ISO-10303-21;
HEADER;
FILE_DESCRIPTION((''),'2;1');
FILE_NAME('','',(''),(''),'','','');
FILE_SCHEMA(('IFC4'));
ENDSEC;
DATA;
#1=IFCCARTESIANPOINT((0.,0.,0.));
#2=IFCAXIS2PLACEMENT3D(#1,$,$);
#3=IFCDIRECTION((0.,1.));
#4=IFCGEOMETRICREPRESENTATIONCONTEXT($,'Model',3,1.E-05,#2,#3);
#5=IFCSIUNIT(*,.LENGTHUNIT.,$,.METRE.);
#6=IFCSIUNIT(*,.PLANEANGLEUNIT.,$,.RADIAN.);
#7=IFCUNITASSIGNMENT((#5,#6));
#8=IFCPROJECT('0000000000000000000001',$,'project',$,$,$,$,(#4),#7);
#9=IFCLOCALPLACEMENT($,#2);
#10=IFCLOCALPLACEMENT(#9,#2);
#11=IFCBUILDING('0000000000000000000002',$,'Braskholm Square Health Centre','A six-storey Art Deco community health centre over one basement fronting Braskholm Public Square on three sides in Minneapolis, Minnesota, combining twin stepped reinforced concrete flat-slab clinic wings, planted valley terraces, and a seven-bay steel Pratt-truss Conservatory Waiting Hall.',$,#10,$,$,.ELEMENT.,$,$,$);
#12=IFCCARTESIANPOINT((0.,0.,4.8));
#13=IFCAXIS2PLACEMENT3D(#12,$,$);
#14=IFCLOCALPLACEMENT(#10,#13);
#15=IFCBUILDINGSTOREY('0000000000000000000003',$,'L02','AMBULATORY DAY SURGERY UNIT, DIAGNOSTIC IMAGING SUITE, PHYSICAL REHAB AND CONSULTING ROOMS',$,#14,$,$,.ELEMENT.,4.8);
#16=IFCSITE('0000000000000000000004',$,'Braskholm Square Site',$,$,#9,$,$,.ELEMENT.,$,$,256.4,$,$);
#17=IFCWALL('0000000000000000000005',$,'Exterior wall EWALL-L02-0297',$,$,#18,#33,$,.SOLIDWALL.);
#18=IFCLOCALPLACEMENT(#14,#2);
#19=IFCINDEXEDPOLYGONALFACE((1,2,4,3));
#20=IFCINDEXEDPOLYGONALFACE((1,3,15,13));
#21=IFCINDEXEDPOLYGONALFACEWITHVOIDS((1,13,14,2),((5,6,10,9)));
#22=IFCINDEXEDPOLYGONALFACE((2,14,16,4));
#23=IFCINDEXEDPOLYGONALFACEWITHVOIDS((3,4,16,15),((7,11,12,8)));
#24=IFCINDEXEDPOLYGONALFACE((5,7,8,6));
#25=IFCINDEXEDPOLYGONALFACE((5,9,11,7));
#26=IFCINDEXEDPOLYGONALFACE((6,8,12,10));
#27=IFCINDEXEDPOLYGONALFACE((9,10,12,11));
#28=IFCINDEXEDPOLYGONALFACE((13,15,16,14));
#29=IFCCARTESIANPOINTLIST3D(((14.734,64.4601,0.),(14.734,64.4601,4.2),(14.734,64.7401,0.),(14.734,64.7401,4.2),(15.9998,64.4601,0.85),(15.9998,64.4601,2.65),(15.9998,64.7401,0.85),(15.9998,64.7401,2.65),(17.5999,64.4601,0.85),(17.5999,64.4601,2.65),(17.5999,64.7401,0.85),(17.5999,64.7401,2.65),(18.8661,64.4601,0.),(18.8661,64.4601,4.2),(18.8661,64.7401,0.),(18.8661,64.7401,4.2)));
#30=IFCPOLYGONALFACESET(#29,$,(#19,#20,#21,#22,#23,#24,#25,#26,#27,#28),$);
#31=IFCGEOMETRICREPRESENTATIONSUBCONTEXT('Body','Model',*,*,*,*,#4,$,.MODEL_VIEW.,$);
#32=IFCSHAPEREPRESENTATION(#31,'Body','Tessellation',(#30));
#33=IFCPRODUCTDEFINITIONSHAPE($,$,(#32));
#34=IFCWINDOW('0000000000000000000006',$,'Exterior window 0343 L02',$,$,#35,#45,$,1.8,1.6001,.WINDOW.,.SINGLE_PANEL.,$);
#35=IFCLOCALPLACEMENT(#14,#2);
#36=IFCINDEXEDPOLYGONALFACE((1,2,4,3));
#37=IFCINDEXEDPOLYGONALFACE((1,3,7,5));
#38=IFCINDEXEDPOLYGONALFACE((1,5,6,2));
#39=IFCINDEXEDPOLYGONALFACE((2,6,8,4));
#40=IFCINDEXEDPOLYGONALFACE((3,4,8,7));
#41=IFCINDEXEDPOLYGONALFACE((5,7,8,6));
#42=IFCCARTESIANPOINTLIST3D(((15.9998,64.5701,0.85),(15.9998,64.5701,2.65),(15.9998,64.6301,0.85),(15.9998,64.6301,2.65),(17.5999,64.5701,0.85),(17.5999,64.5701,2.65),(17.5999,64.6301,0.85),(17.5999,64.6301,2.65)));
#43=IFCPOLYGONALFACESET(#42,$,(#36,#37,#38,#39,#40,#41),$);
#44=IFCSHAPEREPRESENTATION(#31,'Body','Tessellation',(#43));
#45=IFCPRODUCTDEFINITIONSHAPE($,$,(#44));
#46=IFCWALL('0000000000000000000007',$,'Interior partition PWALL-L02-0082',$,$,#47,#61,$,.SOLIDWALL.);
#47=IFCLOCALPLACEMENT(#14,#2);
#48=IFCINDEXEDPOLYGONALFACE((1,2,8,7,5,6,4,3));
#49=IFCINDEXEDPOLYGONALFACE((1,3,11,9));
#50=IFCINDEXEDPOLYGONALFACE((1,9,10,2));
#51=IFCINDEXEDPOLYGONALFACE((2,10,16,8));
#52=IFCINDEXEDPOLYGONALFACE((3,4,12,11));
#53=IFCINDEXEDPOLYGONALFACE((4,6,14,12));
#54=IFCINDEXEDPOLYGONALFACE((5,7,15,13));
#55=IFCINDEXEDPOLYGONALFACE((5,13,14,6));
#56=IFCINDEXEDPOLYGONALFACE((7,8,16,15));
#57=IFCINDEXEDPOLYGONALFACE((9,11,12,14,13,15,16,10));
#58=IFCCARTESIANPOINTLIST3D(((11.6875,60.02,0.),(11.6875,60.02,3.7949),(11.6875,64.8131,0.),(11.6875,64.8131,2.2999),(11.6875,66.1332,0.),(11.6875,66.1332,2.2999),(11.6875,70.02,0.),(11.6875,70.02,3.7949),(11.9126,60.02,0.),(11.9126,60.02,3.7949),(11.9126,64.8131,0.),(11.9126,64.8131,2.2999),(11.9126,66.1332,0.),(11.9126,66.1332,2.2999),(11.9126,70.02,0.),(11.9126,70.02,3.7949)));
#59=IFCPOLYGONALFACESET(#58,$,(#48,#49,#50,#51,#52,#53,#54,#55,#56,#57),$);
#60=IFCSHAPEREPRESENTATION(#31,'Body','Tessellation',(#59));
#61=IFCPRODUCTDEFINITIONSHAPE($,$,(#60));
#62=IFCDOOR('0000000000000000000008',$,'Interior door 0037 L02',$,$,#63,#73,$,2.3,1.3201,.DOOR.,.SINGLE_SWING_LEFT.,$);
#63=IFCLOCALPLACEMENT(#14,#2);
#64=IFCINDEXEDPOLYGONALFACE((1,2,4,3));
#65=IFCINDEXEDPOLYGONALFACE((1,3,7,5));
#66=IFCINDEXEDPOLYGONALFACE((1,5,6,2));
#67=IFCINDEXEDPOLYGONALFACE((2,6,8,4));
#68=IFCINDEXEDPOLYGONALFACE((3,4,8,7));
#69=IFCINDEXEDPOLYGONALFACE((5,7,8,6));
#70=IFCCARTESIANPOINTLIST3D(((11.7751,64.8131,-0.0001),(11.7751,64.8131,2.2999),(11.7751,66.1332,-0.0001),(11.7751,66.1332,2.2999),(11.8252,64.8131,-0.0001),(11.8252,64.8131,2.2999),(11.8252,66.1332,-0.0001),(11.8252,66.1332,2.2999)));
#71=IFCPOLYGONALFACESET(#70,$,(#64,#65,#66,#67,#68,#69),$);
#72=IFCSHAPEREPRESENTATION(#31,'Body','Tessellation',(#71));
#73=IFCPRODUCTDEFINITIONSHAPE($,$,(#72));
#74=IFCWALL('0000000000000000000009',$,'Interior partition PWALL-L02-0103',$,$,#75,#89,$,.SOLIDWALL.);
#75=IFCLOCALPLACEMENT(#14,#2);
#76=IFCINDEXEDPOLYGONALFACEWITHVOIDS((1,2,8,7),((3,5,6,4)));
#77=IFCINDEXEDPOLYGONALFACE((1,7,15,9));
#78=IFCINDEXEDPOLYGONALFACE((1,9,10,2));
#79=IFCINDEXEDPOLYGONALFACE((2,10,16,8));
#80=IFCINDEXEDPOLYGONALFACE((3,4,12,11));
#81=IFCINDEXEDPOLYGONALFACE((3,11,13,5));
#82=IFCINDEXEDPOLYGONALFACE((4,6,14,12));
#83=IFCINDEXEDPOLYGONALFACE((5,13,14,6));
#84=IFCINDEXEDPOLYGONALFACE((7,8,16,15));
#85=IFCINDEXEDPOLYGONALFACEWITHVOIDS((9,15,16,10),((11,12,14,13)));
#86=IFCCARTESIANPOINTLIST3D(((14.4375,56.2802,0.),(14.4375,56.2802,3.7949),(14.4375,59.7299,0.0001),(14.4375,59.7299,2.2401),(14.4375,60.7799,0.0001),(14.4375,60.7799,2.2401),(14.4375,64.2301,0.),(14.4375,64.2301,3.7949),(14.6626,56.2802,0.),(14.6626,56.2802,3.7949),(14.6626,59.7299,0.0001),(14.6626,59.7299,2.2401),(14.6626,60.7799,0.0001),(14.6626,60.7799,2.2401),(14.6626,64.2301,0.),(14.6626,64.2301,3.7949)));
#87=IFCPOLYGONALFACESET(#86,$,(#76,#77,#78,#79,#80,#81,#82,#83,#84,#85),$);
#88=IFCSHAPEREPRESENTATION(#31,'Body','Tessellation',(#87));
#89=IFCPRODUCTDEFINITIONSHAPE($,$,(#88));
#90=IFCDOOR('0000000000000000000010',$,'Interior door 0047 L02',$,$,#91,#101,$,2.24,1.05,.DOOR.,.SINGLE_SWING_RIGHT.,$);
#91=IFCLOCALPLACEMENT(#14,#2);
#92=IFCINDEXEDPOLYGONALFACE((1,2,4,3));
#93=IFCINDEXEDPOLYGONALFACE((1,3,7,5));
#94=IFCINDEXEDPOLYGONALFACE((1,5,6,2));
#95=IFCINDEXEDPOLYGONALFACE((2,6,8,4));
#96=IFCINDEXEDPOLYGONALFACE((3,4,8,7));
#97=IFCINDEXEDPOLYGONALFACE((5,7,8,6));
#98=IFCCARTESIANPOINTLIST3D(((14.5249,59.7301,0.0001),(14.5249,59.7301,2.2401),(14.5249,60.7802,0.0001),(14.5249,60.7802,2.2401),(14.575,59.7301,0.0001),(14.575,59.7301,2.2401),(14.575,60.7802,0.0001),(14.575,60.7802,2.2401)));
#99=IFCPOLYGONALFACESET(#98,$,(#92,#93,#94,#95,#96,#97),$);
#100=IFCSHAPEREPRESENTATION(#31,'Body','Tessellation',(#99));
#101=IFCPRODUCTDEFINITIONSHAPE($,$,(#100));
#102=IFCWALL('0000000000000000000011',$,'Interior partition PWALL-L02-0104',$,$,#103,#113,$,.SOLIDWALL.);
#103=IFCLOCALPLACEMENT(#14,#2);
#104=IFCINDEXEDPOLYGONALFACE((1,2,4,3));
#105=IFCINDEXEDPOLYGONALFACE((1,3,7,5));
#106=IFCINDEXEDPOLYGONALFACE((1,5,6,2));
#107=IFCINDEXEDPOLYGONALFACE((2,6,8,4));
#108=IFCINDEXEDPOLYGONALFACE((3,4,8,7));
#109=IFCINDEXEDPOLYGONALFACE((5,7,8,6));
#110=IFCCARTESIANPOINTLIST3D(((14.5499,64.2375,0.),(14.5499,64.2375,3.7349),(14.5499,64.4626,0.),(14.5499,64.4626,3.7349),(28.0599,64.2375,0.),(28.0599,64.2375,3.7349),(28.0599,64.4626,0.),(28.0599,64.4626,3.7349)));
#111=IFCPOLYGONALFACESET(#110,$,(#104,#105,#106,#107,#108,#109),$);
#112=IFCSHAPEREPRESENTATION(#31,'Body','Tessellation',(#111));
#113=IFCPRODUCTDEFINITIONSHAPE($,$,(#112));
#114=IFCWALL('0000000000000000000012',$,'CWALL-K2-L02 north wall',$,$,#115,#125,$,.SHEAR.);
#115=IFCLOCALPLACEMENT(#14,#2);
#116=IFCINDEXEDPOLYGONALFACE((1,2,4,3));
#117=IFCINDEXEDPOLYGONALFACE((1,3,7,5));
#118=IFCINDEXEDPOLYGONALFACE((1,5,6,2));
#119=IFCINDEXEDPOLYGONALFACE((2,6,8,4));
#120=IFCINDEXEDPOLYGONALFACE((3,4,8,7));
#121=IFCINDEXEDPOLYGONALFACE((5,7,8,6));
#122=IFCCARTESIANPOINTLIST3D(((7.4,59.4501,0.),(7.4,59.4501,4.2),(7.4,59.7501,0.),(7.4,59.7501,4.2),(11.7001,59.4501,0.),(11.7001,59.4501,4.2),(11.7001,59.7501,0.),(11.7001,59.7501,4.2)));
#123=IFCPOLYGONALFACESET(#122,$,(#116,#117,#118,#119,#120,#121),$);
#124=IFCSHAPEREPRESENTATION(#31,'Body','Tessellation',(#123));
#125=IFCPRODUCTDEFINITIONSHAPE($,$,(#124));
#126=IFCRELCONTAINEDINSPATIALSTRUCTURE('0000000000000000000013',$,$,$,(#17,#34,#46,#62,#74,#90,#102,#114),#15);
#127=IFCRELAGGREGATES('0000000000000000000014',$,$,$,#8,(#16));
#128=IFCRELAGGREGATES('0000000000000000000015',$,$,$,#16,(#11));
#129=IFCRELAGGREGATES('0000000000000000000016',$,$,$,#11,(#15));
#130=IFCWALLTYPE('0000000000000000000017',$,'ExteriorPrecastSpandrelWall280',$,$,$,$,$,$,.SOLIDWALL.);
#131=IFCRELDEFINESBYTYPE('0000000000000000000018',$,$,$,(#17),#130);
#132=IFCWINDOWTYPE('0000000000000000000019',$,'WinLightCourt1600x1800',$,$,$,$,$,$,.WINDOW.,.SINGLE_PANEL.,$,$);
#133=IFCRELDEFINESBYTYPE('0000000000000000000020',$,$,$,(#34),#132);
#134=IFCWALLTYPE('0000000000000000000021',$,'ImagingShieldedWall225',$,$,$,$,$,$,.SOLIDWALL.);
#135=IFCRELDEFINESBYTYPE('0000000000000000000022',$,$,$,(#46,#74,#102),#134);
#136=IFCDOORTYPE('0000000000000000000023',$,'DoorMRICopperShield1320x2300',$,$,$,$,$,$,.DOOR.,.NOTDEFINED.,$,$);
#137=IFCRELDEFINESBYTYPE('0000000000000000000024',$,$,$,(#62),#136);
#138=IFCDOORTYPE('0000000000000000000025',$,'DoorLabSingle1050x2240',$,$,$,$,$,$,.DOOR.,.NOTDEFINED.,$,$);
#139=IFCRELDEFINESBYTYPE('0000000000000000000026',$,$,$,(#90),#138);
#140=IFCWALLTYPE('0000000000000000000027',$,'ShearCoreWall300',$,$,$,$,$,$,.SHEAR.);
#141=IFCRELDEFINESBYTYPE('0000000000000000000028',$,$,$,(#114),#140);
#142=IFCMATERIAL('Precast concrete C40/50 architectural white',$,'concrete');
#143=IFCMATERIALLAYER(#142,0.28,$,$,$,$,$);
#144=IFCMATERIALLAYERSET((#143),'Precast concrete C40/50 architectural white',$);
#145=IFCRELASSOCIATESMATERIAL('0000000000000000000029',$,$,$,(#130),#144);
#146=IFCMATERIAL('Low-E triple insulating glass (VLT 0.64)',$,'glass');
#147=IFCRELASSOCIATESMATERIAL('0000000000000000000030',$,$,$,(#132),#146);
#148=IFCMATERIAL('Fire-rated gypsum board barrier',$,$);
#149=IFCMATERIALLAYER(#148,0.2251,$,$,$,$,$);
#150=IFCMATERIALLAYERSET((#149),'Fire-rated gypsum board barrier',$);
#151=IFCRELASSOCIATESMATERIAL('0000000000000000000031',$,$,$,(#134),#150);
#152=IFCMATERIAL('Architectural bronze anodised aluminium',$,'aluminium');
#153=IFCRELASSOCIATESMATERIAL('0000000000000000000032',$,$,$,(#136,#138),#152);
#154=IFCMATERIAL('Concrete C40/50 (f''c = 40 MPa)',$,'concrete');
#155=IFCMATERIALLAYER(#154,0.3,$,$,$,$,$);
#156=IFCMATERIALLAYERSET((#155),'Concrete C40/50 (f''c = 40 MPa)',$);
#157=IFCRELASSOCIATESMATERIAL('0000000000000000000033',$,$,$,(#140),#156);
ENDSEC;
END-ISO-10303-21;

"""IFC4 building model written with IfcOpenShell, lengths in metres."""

from ifc_helpers import new_model, si_unit, direction, frame, frame_2d, origin, origin_with_axes, place, context, subcontext, project, spatial, rectangle, extrude, material, layer, layer_set, type_object, element, fill, save


model = new_model("IFC4")

# Units and contexts
model_context = context("Model", 3, precision=1e-05, world=origin(), true_north=direction((0.0, 1.0)))
body_context = subcontext(model_context, "Body", "Model", "MODEL_VIEW")
ifc_project = project(units=[si_unit("LENGTHUNIT", "METRE"), si_unit("PLANEANGLEUNIT", "RADIAN")], contexts=[model_context])

# Site, building, storey
site_placement = place(None, origin())
site = spatial("IfcSite", under=ifc_project, at=site_placement, Name="Braskholm Square Site", CompositionType="ELEMENT", RefElevation=256.4)
building_placement = place(site_placement, origin())
building = spatial("IfcBuilding", under=site, at=building_placement, Name="Braskholm Square Health Centre", Description="A six-storey Art Deco community health centre over one basement fronting Braskholm Public Square on three sides in Minneapolis, Minnesota, combining twin stepped reinforced concrete flat-slab clinic wings, planted valley terraces, and a seven-bay steel Pratt-truss Conservatory Waiting Hall.", CompositionType="ELEMENT")
storey_placement = place(building_placement, frame((0.0, 0.0, 4.8)))
storey = spatial("IfcBuildingStorey", under=building, at=storey_placement, Name="L02", Description="AMBULATORY DAY SURGERY UNIT, DIAGNOSTIC IMAGING SUITE, PHYSICAL REHAB AND CONSULTING ROOMS", CompositionType="ELEMENT", Elevation=4.8)

# Shared definitions
ifc_material_1 = material(Name="Concrete C40/50 (f'c = 40 MPa)", Category="concrete")

# Shared definitions
ifc_material_2 = material(Name="Low-E triple insulating glass (VLT 0.64)", Category="glass")
ifc_material_3 = material(Name="Architectural bronze anodised aluminium", Category="aluminium")

# Wall, opening, window
ifc_material_4 = material(Name="Precast concrete C40/50 architectural white", Category="concrete")
ifc_layer_1 = layer(ifc_material_4, 0.28)
ifc_layer_set_1 = layer_set([ifc_layer_1], Name="Precast concrete C40/50 architectural white")
wall_type_1 = type_object("IfcWallType", Name="ExteriorPrecastSpandrelWall280", PredefinedType="SOLIDWALL", material=ifc_layer_set_1)
wall_1_placement = place(storey_placement, frame((18.866, 64.6001, 0.0), z_axis=(0.0, 0.0, 1.0), x_axis=(-1.0, 0.0, 0.0)))
wall_1 = element("IfcWall", 1, at=wall_1_placement, inside=storey, type_object=wall_type_1, Name="Exterior wall EWALL-L02-0297", PredefinedType="SOLIDWALL", context=body_context, shape_type="SweptSolid", body=[
    extrude(rectangle(XDim=4.1321, YDim=0.28, at=frame_2d((2.0659, 0.0))), origin(), (0.0, 0.0, 1.0), 4.2),
])
opening_1_placement = place(wall_1_placement, frame((1.2661, 0.0, 0.8501)))
opening_1 = element("IfcOpeningElement", 2, at=opening_1_placement, cuts=wall_1, PredefinedType="OPENING", context=body_context, shape_type="SweptSolid", body=[
    extrude(rectangle(XDim=1.6001, YDim=1.8, at=frame_2d((0.8, 0.8999))), frame((0.0, 0.1499, 0.0), z_axis=(0.0, -1.0, 0.0), x_axis=(1.0, 0.0, 0.0)), (0.0, 0.0, 1.0), 0.3),
])
window_type = type_object("IfcWindowType", Name="WinLightCourt1600x1800", PartitioningType="SINGLE_PANEL", PredefinedType="WINDOW", material=ifc_material_2)
window_placement = place(opening_1_placement, origin_with_axes())
window = element("IfcWindow", 3, at=window_placement, inside=storey, type_object=window_type, Name="Exterior window 0343 L02", OverallHeight=1.8, OverallWidth=1.6001, PartitioningType="SINGLE_PANEL", PredefinedType="WINDOW", context=body_context, shape_type="SweptSolid", body=[
    extrude(rectangle(XDim=1.6001, YDim=1.8, at=frame_2d((0.8, 0.8999))), frame((0.0, 0.03, 0.0), z_axis=(0.0, -1.0, 0.0), x_axis=(1.0, 0.0, 0.0)), (0.0, 0.0, 1.0), 0.0601),
])
fill(opening_1, window)

# Walls, openings, doors
ifc_material_5 = material(Name="Fire-rated gypsum board barrier")
ifc_layer_2 = layer(ifc_material_5, 0.2251)
ifc_layer_set_2 = layer_set([ifc_layer_2], Name="Fire-rated gypsum board barrier")
wall_type_2 = type_object("IfcWallType", Name="ImagingShieldedWall225", PredefinedType="SOLIDWALL", material=ifc_layer_set_2)
wall_2_placement = place(storey_placement, frame((11.8, 60.02, 0.0), z_axis=(0.0, 0.0, 1.0), x_axis=(0.0, 1.0, 0.0)))
wall_2 = element("IfcWall", 4, at=wall_2_placement, inside=storey, type_object=wall_type_2, Name="Interior partition PWALL-L02-0082", PredefinedType="SOLIDWALL", context=body_context, shape_type="SweptSolid", body=[
    extrude(rectangle(XDim=10.0, YDim=0.2251, at=frame_2d((5.0, 0.0))), origin(), (0.0, 0.0, 1.0), 3.7949),
])
opening_2_placement = place(wall_2_placement, frame((4.793, 0.0, 0.0)))
opening_2 = element("IfcOpeningElement", 5, at=opening_2_placement, cuts=wall_2, PredefinedType="OPENING", context=body_context, shape_type="SweptSolid", body=[
    extrude(rectangle(XDim=1.3201, YDim=2.3, at=frame_2d((0.6602, 1.1499))), frame((0.0, 0.1226, 0.0), z_axis=(0.0, -1.0, 0.0), x_axis=(1.0, 0.0, 0.0)), (0.0, 0.0, 1.0), 0.2451),
])
door_type_1 = type_object("IfcDoorType", Name="DoorMRICopperShield1320x2300", OperationType="NOTDEFINED", PredefinedType="DOOR", material=ifc_material_3)
door_1_placement = place(opening_2_placement, origin_with_axes())
door_1 = element("IfcDoor", 6, at=door_1_placement, inside=storey, type_object=door_type_1, Name="Interior door 0037 L02", OperationType="SINGLE_SWING_LEFT", OverallHeight=2.3, OverallWidth=1.3201, PredefinedType="DOOR", context=body_context, shape_type="SweptSolid", body=[
    extrude(rectangle(XDim=1.3201, YDim=2.3, at=frame_2d((0.6602, 1.1499))), frame((0.0, 0.0249, 0.0), z_axis=(0.0, -1.0, 0.0), x_axis=(1.0, 0.0, 0.0)), (0.0, 0.0, 1.0), 0.05),
])
fill(opening_2, door_1)
wall_3_placement = place(storey_placement, frame((14.55, 56.28, 0.0), z_axis=(0.0, 0.0, 1.0), x_axis=(0.0, 1.0, 0.0)))
wall_3 = element("IfcWall", 7, at=wall_3_placement, inside=storey, type_object=wall_type_2, Name="Interior partition PWALL-L02-0103", PredefinedType="SOLIDWALL", context=body_context, shape_type="SweptSolid", body=[
    extrude(rectangle(XDim=7.95, YDim=0.2251, at=frame_2d((3.9751, 0.0))), origin(), (0.0, 0.0, 1.0), 3.7949),
])
opening_3_placement = place(wall_3_placement, frame((3.45, 0.0, 0.0)))
opening_3 = element("IfcOpeningElement", 8, at=opening_3_placement, cuts=wall_3, PredefinedType="OPENING", context=body_context, shape_type="SweptSolid", body=[
    extrude(rectangle(XDim=1.05, YDim=2.24, at=frame_2d((0.5249, 1.1201))), frame((0.0, 0.1226, 0.0), z_axis=(0.0, -1.0, 0.0), x_axis=(1.0, 0.0, 0.0)), (0.0, 0.0, 1.0), 0.2451),
])
door_type_2 = type_object("IfcDoorType", Name="DoorLabSingle1050x2240", OperationType="NOTDEFINED", PredefinedType="DOOR", material=ifc_material_3)
door_2_placement = place(opening_3_placement, frame((1.05, 0.0, 0.0), z_axis=(0.0, 0.0, 1.0), x_axis=(-1.0, 0.0, 0.0)))
door_2 = element("IfcDoor", 9, at=door_2_placement, inside=storey, type_object=door_type_2, Name="Interior door 0047 L02", OperationType="SINGLE_SWING_RIGHT", OverallHeight=2.24, OverallWidth=1.05, PredefinedType="DOOR", context=body_context, shape_type="SweptSolid", body=[
    extrude(rectangle(XDim=1.05, YDim=2.24, at=frame_2d((0.5249, 1.1201))), frame((0.0, 0.0249, 0.0), z_axis=(0.0, -1.0, 0.0), x_axis=(1.0, 0.0, 0.0)), (0.0, 0.0, 1.0), 0.05),
])
fill(opening_3, door_2)

# Walls
wall_4_placement = place(storey_placement, frame((14.55, 64.3501, 0.0), z_axis=(0.0, 0.0, 1.0), x_axis=(1.0, 0.0, 0.0)))
element("IfcWall", 10, at=wall_4_placement, inside=storey, type_object=wall_type_2, Name="Interior partition PWALL-L02-0104", PredefinedType="SOLIDWALL", context=body_context, shape_type="SweptSolid", body=[
    extrude(rectangle(XDim=13.51, YDim=0.2251, at=frame_2d((6.7549, 0.0))), origin(), (0.0, 0.0, 1.0), 3.7349),
])
ifc_layer_3 = layer(ifc_material_1, 0.3)
ifc_layer_set_3 = layer_set([ifc_layer_3], Name="Concrete C40/50 (f'c = 40 MPa)")
wall_type_3 = type_object("IfcWallType", Name="ShearCoreWall300", PredefinedType="SHEAR", material=ifc_layer_set_3)
wall_5_placement = place(storey_placement, frame((11.7, 59.6001, 0.0), z_axis=(0.0, 0.0, 1.0), x_axis=(-1.0, 0.0, 0.0)))
element("IfcWall", 11, at=wall_5_placement, inside=storey, type_object=wall_type_3, Name="CWALL-K2-L02 north wall", PredefinedType="SHEAR", context=body_context, shape_type="SweptSolid", body=[
    extrude(rectangle(XDim=4.3, YDim=0.3, at=frame_2d((2.1499, 0.0))), origin(), (0.0, 0.0, 1.0), 4.2),
])

save(model, "model.ifc")
